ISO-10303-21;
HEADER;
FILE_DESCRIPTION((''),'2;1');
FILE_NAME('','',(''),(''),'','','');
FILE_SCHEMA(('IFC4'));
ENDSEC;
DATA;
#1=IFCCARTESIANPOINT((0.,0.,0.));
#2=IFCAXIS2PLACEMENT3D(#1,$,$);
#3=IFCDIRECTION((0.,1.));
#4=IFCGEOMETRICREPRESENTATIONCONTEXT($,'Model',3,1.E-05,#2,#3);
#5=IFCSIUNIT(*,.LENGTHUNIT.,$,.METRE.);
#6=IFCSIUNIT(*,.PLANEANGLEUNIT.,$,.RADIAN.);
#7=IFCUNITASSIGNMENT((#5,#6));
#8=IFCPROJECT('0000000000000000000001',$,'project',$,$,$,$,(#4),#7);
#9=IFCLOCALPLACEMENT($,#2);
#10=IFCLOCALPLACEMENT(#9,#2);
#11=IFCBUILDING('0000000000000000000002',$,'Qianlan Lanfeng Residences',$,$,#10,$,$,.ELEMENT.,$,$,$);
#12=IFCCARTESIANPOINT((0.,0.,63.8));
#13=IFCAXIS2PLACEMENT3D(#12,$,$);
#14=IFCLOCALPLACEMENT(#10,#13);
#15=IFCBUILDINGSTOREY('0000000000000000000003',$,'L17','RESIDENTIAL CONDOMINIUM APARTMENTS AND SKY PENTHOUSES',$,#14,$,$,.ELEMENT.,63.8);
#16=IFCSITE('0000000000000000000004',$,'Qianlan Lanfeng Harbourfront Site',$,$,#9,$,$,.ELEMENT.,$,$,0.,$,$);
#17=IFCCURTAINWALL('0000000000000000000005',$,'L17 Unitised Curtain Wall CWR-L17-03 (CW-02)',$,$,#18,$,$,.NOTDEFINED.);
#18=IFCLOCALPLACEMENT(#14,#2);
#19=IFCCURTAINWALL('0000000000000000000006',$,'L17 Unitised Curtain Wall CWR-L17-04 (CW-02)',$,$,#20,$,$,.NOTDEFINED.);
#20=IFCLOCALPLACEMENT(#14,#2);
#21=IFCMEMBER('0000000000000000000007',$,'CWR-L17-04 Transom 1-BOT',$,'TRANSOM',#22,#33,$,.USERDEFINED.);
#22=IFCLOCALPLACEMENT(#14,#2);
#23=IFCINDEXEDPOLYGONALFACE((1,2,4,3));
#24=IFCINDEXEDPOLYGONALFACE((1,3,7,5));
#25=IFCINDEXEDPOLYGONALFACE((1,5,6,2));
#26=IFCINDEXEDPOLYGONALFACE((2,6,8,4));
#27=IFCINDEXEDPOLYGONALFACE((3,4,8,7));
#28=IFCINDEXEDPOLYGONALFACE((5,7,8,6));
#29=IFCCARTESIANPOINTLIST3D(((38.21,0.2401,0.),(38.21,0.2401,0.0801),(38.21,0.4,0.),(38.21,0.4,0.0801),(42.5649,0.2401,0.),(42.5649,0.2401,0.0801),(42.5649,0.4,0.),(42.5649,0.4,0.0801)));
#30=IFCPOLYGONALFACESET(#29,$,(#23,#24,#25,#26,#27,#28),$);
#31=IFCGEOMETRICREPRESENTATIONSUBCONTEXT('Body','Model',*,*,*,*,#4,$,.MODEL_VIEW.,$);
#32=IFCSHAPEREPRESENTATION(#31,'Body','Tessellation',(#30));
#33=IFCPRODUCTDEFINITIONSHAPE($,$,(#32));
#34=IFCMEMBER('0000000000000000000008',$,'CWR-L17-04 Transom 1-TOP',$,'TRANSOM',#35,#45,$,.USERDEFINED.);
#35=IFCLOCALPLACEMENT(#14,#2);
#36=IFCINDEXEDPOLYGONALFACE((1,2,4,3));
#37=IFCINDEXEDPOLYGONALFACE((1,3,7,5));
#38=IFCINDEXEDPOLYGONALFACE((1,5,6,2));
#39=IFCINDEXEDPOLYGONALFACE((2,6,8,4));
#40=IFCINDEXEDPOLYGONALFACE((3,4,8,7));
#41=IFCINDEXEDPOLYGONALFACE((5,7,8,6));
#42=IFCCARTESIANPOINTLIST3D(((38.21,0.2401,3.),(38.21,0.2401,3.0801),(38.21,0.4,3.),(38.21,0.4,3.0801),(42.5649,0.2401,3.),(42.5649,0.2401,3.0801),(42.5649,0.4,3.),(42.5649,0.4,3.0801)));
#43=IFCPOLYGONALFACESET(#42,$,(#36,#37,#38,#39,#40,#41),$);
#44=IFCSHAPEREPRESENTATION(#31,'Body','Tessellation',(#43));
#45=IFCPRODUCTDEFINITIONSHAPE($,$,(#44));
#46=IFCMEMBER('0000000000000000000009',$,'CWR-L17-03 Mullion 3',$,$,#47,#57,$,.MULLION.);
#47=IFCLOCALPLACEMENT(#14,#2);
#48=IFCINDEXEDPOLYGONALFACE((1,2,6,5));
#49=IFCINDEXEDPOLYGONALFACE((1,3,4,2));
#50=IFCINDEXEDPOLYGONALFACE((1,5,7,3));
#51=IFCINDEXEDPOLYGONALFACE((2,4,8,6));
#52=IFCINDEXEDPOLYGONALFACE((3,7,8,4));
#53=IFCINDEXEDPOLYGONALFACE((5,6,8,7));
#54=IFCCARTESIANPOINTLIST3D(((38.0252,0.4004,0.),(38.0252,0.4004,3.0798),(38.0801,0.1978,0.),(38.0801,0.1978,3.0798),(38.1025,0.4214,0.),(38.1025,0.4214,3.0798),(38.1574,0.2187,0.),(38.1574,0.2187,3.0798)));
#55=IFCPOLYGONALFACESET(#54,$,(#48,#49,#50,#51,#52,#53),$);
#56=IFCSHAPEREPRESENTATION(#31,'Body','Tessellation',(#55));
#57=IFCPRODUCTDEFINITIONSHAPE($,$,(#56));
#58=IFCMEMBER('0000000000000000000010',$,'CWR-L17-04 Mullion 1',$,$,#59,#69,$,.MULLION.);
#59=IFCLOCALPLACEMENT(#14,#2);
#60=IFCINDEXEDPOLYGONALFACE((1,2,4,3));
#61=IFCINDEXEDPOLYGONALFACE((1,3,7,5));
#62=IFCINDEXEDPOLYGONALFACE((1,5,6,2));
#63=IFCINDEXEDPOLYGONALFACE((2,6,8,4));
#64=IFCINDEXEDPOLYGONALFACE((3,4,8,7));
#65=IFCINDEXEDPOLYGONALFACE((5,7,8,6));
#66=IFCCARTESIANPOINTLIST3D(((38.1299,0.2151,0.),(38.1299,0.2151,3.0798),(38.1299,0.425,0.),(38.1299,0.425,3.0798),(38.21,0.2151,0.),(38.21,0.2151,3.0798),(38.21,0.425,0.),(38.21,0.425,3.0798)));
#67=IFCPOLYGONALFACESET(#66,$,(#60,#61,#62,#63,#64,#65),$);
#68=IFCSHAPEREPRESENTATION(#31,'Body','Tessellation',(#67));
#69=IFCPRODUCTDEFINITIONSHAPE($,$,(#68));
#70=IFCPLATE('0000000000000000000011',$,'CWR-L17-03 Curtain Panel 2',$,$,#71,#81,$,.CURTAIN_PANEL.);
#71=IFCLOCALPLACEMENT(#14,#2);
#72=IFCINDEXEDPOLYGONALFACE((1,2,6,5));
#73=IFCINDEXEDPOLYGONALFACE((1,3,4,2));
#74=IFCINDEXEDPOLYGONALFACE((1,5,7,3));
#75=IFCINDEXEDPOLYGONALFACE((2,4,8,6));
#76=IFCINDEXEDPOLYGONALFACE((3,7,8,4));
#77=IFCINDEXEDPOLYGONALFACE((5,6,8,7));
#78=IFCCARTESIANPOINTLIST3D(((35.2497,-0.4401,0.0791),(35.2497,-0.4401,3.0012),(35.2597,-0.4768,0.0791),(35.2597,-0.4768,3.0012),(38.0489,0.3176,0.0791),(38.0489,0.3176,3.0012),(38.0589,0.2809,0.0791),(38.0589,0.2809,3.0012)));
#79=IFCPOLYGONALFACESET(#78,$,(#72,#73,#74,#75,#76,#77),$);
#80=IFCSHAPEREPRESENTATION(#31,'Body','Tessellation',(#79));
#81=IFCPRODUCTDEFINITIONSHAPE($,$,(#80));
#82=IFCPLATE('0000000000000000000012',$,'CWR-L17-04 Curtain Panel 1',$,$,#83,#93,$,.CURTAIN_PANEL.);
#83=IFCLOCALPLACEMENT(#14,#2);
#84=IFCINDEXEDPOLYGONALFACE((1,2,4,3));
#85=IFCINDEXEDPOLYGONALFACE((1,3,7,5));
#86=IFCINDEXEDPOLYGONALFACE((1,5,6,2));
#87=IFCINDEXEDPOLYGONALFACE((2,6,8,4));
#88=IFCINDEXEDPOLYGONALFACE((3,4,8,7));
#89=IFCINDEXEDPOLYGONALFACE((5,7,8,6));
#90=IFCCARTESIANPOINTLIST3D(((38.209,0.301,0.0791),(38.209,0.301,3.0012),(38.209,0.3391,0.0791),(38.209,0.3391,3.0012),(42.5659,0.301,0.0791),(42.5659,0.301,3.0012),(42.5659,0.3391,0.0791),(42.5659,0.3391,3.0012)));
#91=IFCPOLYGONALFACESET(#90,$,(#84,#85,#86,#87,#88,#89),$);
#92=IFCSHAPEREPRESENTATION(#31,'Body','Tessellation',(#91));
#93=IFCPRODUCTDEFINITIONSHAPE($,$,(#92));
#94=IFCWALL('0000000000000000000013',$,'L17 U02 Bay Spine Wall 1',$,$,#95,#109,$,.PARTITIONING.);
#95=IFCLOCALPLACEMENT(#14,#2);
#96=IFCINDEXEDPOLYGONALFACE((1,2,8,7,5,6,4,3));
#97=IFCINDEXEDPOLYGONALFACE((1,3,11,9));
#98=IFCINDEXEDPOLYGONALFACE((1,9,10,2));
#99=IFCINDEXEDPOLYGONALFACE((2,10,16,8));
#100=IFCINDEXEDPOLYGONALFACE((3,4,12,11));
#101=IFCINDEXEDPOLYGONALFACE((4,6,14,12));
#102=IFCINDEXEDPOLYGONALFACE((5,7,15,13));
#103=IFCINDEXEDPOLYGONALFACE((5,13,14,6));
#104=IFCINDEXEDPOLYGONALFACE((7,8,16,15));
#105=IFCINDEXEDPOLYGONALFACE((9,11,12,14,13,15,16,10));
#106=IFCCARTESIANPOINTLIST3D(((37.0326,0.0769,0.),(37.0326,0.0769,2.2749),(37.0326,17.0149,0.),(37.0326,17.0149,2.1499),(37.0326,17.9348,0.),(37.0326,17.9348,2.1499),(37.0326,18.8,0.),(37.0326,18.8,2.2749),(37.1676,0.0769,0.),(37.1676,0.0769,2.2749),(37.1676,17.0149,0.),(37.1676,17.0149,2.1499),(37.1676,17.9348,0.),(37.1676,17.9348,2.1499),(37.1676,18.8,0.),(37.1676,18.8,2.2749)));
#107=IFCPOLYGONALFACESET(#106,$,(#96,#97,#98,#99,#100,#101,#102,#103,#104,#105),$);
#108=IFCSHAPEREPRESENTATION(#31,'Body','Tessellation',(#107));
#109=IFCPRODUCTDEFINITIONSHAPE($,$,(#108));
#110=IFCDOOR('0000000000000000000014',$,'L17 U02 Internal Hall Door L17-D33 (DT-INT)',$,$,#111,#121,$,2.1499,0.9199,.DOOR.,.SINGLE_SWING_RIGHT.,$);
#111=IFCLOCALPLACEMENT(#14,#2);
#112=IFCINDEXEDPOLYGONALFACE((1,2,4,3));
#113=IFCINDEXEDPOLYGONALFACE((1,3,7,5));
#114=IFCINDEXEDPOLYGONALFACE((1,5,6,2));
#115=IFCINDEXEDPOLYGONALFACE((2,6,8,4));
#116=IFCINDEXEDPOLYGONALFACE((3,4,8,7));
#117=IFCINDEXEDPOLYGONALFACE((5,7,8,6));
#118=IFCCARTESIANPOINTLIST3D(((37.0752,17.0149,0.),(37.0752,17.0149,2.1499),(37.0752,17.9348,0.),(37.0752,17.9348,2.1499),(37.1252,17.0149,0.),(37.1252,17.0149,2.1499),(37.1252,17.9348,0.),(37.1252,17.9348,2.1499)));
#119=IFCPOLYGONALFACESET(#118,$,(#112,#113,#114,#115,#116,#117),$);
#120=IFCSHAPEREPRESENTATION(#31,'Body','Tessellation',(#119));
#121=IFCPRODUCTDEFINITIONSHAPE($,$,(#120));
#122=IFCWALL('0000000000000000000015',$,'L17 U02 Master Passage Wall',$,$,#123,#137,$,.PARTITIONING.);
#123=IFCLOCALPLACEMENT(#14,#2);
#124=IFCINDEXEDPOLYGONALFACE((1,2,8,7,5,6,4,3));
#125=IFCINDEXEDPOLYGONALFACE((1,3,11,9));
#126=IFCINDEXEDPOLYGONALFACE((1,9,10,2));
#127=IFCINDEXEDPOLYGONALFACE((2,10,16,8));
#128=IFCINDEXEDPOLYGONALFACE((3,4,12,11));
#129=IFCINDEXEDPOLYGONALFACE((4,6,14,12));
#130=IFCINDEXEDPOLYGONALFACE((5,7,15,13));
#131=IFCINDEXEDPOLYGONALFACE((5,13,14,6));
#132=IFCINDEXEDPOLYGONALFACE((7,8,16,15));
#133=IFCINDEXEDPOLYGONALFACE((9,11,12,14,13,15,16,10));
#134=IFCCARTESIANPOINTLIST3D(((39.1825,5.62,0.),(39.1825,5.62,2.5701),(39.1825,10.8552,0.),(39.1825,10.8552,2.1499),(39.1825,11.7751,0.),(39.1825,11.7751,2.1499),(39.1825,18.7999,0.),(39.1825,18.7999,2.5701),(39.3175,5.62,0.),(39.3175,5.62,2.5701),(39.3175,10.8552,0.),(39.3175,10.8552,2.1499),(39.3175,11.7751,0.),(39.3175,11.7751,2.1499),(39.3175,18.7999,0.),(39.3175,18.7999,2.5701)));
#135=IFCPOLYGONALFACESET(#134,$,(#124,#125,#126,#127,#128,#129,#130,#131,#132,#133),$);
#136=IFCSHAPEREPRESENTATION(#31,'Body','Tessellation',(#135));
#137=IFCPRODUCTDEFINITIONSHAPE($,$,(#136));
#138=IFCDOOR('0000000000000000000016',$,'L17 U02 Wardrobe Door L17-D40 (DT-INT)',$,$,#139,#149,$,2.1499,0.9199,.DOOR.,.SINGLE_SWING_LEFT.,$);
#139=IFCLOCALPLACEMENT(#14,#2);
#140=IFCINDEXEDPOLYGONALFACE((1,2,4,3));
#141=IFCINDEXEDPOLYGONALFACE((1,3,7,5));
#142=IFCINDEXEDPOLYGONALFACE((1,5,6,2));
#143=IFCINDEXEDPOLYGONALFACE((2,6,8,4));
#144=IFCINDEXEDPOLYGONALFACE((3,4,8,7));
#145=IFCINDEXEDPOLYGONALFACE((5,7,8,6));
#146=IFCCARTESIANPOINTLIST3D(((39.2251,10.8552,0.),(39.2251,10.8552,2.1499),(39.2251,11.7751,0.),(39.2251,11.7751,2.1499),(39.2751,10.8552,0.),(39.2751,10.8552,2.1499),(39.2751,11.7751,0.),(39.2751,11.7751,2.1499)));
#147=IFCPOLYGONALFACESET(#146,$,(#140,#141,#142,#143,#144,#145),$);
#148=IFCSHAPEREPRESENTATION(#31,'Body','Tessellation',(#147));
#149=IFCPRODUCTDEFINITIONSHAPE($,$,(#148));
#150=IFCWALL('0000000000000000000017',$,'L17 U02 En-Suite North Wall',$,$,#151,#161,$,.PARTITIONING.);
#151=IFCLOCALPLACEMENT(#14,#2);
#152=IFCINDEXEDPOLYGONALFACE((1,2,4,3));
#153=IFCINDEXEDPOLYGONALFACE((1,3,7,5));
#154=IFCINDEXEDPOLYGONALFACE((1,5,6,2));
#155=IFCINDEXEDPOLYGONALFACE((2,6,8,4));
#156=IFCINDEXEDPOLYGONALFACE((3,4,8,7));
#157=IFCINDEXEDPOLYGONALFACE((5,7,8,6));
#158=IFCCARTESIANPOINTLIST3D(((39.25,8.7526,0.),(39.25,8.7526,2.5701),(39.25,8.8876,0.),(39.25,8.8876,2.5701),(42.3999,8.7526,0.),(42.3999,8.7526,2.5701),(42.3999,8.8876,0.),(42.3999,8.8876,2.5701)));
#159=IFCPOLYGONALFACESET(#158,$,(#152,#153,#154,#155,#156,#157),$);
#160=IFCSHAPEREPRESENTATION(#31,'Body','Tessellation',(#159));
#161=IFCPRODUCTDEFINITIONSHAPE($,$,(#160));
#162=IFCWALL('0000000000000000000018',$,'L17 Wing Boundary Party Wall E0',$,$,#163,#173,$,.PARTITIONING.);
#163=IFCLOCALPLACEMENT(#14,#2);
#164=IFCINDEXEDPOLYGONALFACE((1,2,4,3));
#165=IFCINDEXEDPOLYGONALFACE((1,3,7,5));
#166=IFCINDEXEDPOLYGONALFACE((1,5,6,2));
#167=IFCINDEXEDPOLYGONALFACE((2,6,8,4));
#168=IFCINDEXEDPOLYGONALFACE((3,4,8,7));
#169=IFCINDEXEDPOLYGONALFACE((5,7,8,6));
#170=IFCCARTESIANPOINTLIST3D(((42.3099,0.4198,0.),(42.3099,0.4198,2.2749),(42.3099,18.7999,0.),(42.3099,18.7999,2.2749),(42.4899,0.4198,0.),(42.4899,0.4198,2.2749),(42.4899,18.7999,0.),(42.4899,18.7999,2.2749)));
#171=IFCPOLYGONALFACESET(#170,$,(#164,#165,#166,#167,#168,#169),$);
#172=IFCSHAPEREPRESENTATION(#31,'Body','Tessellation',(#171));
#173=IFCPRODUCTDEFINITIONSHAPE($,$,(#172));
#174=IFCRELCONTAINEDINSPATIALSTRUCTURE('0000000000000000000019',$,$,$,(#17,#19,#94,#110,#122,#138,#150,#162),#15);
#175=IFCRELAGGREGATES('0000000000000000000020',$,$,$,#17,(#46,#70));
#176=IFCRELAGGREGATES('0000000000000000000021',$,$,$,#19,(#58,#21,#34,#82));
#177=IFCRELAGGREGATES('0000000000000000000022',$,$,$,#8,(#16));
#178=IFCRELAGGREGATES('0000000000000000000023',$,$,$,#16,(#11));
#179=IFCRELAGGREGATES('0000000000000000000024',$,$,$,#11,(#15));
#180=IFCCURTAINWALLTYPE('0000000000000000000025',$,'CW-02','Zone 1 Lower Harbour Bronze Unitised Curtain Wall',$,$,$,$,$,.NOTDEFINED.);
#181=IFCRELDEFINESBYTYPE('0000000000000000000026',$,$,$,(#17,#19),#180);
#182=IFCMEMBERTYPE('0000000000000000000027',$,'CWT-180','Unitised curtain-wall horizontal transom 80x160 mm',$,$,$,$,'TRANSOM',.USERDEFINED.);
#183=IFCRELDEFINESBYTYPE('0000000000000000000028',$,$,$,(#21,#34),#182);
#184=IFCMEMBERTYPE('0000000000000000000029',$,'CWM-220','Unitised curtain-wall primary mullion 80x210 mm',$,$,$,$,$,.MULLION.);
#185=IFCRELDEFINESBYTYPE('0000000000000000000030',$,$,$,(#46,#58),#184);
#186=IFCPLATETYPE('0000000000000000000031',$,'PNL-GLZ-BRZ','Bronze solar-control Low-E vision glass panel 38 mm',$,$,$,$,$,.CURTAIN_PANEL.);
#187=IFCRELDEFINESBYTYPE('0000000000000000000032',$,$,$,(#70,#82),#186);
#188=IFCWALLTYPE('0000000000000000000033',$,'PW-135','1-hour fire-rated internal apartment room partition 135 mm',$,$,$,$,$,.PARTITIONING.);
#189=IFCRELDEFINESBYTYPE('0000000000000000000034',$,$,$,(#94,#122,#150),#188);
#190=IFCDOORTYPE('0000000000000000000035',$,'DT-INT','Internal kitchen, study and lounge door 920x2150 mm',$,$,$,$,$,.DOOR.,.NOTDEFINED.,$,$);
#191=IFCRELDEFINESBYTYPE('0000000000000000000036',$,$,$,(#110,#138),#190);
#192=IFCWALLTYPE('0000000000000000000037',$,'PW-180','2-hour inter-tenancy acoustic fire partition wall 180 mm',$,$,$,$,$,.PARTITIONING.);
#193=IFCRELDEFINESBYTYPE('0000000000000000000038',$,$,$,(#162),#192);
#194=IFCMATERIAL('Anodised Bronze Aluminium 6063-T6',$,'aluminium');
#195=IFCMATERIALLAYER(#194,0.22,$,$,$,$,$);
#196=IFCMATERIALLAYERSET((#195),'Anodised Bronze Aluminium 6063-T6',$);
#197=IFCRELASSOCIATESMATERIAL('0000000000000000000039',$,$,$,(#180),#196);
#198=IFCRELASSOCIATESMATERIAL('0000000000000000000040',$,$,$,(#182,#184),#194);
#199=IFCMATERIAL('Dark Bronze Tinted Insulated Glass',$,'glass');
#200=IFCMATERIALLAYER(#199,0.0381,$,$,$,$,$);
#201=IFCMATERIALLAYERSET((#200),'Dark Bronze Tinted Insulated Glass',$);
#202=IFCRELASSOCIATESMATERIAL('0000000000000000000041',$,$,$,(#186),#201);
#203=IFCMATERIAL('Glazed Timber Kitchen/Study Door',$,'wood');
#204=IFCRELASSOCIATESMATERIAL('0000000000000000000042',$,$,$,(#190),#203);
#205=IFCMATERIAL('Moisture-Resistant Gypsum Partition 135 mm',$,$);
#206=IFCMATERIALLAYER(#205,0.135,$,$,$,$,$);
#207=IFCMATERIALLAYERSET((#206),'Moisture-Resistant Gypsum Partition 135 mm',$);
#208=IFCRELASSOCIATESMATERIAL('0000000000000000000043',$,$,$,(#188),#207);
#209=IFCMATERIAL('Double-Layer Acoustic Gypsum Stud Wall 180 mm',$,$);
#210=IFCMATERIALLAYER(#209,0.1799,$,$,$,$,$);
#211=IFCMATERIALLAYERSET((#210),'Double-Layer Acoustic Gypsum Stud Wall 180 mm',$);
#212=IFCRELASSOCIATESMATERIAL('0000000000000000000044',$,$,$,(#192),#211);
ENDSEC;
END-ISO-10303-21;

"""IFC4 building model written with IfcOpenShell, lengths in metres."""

from ifc_helpers import new_model, si_unit, direction, frame, frame_2d, origin, origin_2d, place, context, subcontext, project, spatial, rectangle, extrude, source, transform, mapped, material, layer, layer_set, material_profile, profile_set, type_object, element, fill, aggregate, save


model = new_model("IFC4")

# Units and contexts
model_context = context("Model", 3, precision=1e-05, world=origin(), true_north=direction((0.0, 1.0)))
body_context = subcontext(model_context, "Body", "Model", "MODEL_VIEW")
ifc_project = project(units=[si_unit("LENGTHUNIT", "METRE"), si_unit("PLANEANGLEUNIT", "RADIAN")], contexts=[model_context])

# Site, building, storey
site_placement = place(None, origin())
site = spatial("IfcSite", under=ifc_project, at=site_placement, Name="Qianlan Lanfeng Harbourfront Site", CompositionType="ELEMENT", RefElevation=0.0)
building_placement = place(site_placement, origin())
building = spatial("IfcBuilding", under=site, at=building_placement, Name="Qianlan Lanfeng Residences", CompositionType="ELEMENT")
storey_placement = place(building_placement, frame((0.0, 0.0, 63.8)))
storey = spatial("IfcBuildingStorey", under=building, at=storey_placement, Name="L17", Description="RESIDENTIAL CONDOMINIUM APARTMENTS AND SKY PENTHOUSES", CompositionType="ELEMENT", Elevation=63.8)

# Curtain walls, members
ifc_material_1 = material(Name="Anodised Bronze Aluminium 6063-T6", Category="aluminium")
ifc_layer_1 = layer(ifc_material_1, 0.22)
ifc_layer_set_1 = layer_set([ifc_layer_1], Name="Anodised Bronze Aluminium 6063-T6")
curtain_wall_type = type_object("IfcCurtainWallType", Name="CW-02", Description="Zone 1 Lower Harbour Bronze Unitised Curtain Wall", PredefinedType="NOTDEFINED", material=ifc_layer_set_1)
curtain_wall_1_placement = place(storey_placement, origin())
curtain_wall_1 = element("IfcCurtainWall", 1, at=curtain_wall_1_placement, inside=storey, type_object=curtain_wall_type, Name="L17 Unitised Curtain Wall CWR-L17-03 (CW-02)", PredefinedType="NOTDEFINED")
ifc_material_profile_1 = material_profile(ifc_material_1, rectangle(XDim=0.0801, YDim=0.1599, at=origin_2d()), Name="ALU TRANSOM 80x160")
ifc_profile_set_1 = profile_set([ifc_material_profile_1], Name="Anodised Bronze Aluminium 6063-T6")
member_type_1 = type_object("IfcMemberType", Name="CWT-180", Description="Unitised curtain-wall horizontal transom 80x160 mm", ElementType="TRANSOM", PredefinedType="USERDEFINED", material=ifc_profile_set_1)
curtain_wall_2_placement = place(storey_placement, origin())
curtain_wall_2 = element("IfcCurtainWall", 2, at=curtain_wall_2_placement, inside=storey, type_object=curtain_wall_type, Name="L17 Unitised Curtain Wall CWR-L17-04 (CW-02)", PredefinedType="NOTDEFINED")
shared_shape_1 = source(origin(), body_context, "Body", "SweptSolid", [
    extrude(rectangle(XDim=0.0801, YDim=0.1599, at=origin_2d()), origin(), (0.0, 0.0, 1.0), 4.355),
])
member_1_placement = place(storey_placement, frame((38.21, 0.3201, 0.04), z_axis=(1.0, 0.0, 0.0), x_axis=(0.0, 0.0, 1.0)))
member_1 = element("IfcMember", 3, at=member_1_placement, type_object=member_type_1, Name="CWR-L17-04 Transom 1-BOT", ObjectType="TRANSOM", PredefinedType="USERDEFINED", context=body_context, shape_type="MappedRepresentation", body=[
    mapped(shared_shape_1, transform((0.0, 0.0, 0.0), scale=1.0)),
])
member_2_placement = place(storey_placement, frame((38.21, 0.3201, 3.04), z_axis=(1.0, 0.0, 0.0), x_axis=(0.0, 0.0, 1.0)))
member_2 = element("IfcMember", 4, at=member_2_placement, type_object=member_type_1, Name="CWR-L17-04 Transom 1-TOP", ObjectType="TRANSOM", PredefinedType="USERDEFINED", context=body_context, shape_type="MappedRepresentation", body=[
    mapped(shared_shape_1, transform((0.0, 0.0, 0.0), scale=1.0)),
])

# Members
ifc_material_profile_2 = material_profile(ifc_material_1, rectangle(XDim=0.0801, YDim=0.21, at=origin_2d()), Name="ALU MULLION 80x210")
ifc_profile_set_2 = profile_set([ifc_material_profile_2], Name="Anodised Bronze Aluminium 6063-T6")
member_type_2 = type_object("IfcMemberType", Name="CWM-220", Description="Unitised curtain-wall primary mullion 80x210 mm", PredefinedType="MULLION", material=ifc_profile_set_2)
shared_shape_2 = source(origin(), body_context, "Body", "SweptSolid", [
    extrude(rectangle(XDim=0.0801, YDim=0.21, at=origin_2d()), origin(), (0.0, 0.0, 1.0), 3.0798),
])
member_3_placement = place(storey_placement, frame((38.0913, 0.3096, 0.0), z_axis=(0.0, 0.0, 1.0), x_axis=(0.965263, 0.261281, 0.0)))
member_3 = element("IfcMember", 5, at=member_3_placement, type_object=member_type_2, Name="CWR-L17-03 Mullion 3", PredefinedType="MULLION", context=body_context, shape_type="MappedRepresentation", body=[
    mapped(shared_shape_2, transform((0.0, 0.0, 0.0), scale=1.0)),
])
member_4_placement = place(storey_placement, frame((38.1699, 0.3201, 0.0), z_axis=(0.0, 0.0, 1.0), x_axis=(1.0, 0.0, 0.0)))
member_4 = element("IfcMember", 6, at=member_4_placement, type_object=member_type_2, Name="CWR-L17-04 Mullion 1", PredefinedType="MULLION", context=body_context, shape_type="MappedRepresentation", body=[
    mapped(shared_shape_2, transform((0.0, 0.0, 0.0), scale=1.0)),
])

# Plates
ifc_material_2 = material(Name="Dark Bronze Tinted Insulated Glass", Category="glass")
ifc_layer_2 = layer(ifc_material_2, 0.0381)
ifc_layer_set_2 = layer_set([ifc_layer_2], Name="Dark Bronze Tinted Insulated Glass")
plate_type = type_object("IfcPlateType", Name="PNL-GLZ-BRZ", Description="Bronze solar-control Low-E vision glass panel 38 mm", PredefinedType="CURTAIN_PANEL", material=ifc_layer_set_2)
shared_shape_3 = source(origin(), body_context, "Body", "SweptSolid", [
    extrude(rectangle(XDim=2.8999, YDim=0.0381, at=origin_2d()), origin(), (0.0, 0.0, 1.0), 2.9221),
])
plate_1_placement = place(storey_placement, frame((36.6543, -0.0796, 0.0791), z_axis=(0.0, 0.0, 1.0), x_axis=(0.965263, 0.261281, 0.0)))
plate_1 = element("IfcPlate", 7, at=plate_1_placement, type_object=plate_type, Name="CWR-L17-03 Curtain Panel 2", PredefinedType="CURTAIN_PANEL", context=body_context, shape_type="MappedRepresentation", body=[
    mapped(shared_shape_3, transform((0.0, 0.0, 0.0), scale=1.0)),
])
aggregate(curtain_wall_1, [member_3, plate_1])
shared_shape_4 = source(origin(), body_context, "Body", "SweptSolid", [
    extrude(rectangle(XDim=4.3569, YDim=0.0381, at=origin_2d()), origin(), (0.0, 0.0, 1.0), 2.9221),
])
plate_2_placement = place(storey_placement, frame((40.3875, 0.3201, 0.0791), z_axis=(0.0, 0.0, 1.0), x_axis=(1.0, 0.0, 0.0)))
plate_2 = element("IfcPlate", 8, at=plate_2_placement, type_object=plate_type, Name="CWR-L17-04 Curtain Panel 1", PredefinedType="CURTAIN_PANEL", context=body_context, shape_type="MappedRepresentation", body=[
    mapped(shared_shape_4, transform((0.0, 0.0, 0.0), scale=1.0)),
])
aggregate(curtain_wall_2, [member_4, member_1, member_2, plate_2])

# Wall, opening, door
ifc_material_3 = material(Name="Glazed Timber Kitchen/Study Door", Category="wood")
door_type_1 = type_object("IfcDoorType", Name="DT-INT", Description="Internal kitchen, study and lounge door 920x2150 mm", OperationType="NOTDEFINED", PredefinedType="DOOR", material=ifc_material_3)
ifc_material_4 = material(Name="Moisture-Resistant Gypsum Partition 135 mm")
ifc_layer_3 = layer(ifc_material_4, 0.135)
ifc_layer_set_3 = layer_set([ifc_layer_3], Name="Moisture-Resistant Gypsum Partition 135 mm")
wall_type_1 = type_object("IfcWallType", Name="PW-135", Description="1-hour fire-rated internal apartment room partition 135 mm", PredefinedType="PARTITIONING", material=ifc_layer_set_3)
wall_1_placement = place(storey_placement, frame((37.1001, 0.0769, 0.0), z_axis=(0.0, 0.0, 1.0), x_axis=(0.0, 1.0, 0.0)))
wall_1 = element("IfcWall", 9, at=wall_1_placement, inside=storey, type_object=wall_type_1, Name="L17 U02 Bay Spine Wall 1", PredefinedType="PARTITIONING", context=body_context, shape_type="SweptSolid", body=[
    extrude(rectangle(XDim=18.7231, YDim=0.135, at=frame_2d((9.3616, 0.0))), origin(), (0.0, 0.0, 1.0), 2.2749),
])
opening_1_placement = place(wall_1_placement, frame((16.938, 0.0, 0.0)))
opening_1 = element("IfcOpeningElement", 10, at=opening_1_placement, cuts=wall_1, PredefinedType="OPENING", context=body_context, shape_type="SweptSolid", body=[
    extrude(rectangle(XDim=0.9199, YDim=2.1499, at=frame_2d((0.46, 1.075))), frame((0.0, 0.0776, 0.0), z_axis=(0.0, -1.0, 0.0), x_axis=(1.0, 0.0, 0.0)), (0.0, 0.0, 1.0), 0.155),
])
door_1_placement = place(opening_1_placement, origin())
door_1 = element("IfcDoor", 11, at=door_1_placement, inside=storey, type_object=door_type_1, Name="L17 U02 Internal Hall Door L17-D33 (DT-INT)", OperationType="SINGLE_SWING_RIGHT", OverallHeight=2.1499, OverallWidth=0.9199, PredefinedType="DOOR", context=body_context, shape_type="SweptSolid", body=[
    extrude(rectangle(XDim=0.9199, YDim=2.1499, at=frame_2d((0.46, 1.075))), frame((0.0, 0.0249, 0.0), z_axis=(0.0, -1.0, 0.0), x_axis=(1.0, 0.0, 0.0)), (0.0, 0.0, 1.0), 0.05),
])
fill(opening_1, door_1)

# Wall, opening, door
wall_2_placement = place(storey_placement, frame((39.25, 5.6201, 0.0), z_axis=(0.0, 0.0, 1.0), x_axis=(0.0, 1.0, 0.0)))
wall_2 = element("IfcWall", 12, at=wall_2_placement, inside=storey, type_object=wall_type_1, Name="L17 U02 Master Passage Wall", PredefinedType="PARTITIONING", context=body_context, shape_type="SweptSolid", body=[
    extrude(rectangle(XDim=13.1799, YDim=0.135, at=frame_2d((6.5898, 0.0))), origin(), (0.0, 0.0, 1.0), 2.5701),
])
opening_2_placement = place(wall_2_placement, frame((5.2351, 0.0, 0.0)))
opening_2 = element("IfcOpeningElement", 13, at=opening_2_placement, cuts=wall_2, PredefinedType="OPENING", context=body_context, shape_type="SweptSolid", body=[
    extrude(rectangle(XDim=0.9199, YDim=2.1499, at=frame_2d((0.46, 1.075))), frame((0.0, 0.0776, 0.0), z_axis=(0.0, -1.0, 0.0), x_axis=(1.0, 0.0, 0.0)), (0.0, 0.0, 1.0), 0.155),
])
door_2_placement = place(opening_2_placement, origin())
door_2 = element("IfcDoor", 14, at=door_2_placement, inside=storey, type_object=door_type_1, Name="L17 U02 Wardrobe Door L17-D40 (DT-INT)", OperationType="SINGLE_SWING_LEFT", OverallHeight=2.1499, OverallWidth=0.9199, PredefinedType="DOOR", context=body_context, shape_type="SweptSolid", body=[
    extrude(rectangle(XDim=0.9199, YDim=2.1499, at=frame_2d((0.46, 1.075))), frame((0.0, 0.0249, 0.0), z_axis=(0.0, -1.0, 0.0), x_axis=(1.0, 0.0, 0.0)), (0.0, 0.0, 1.0), 0.05),
])
fill(opening_2, door_2)

# Walls
wall_3_placement = place(storey_placement, frame((39.25, 8.8201, 0.0), z_axis=(0.0, 0.0, 1.0), x_axis=(1.0, 0.0, 0.0)))
element("IfcWall", 15, at=wall_3_placement, inside=storey, type_object=wall_type_1, Name="L17 U02 En-Suite North Wall", PredefinedType="PARTITIONING", context=body_context, shape_type="SweptSolid", body=[
    extrude(rectangle(XDim=3.1499, YDim=0.135, at=frame_2d((1.575, 0.0))), origin(), (0.0, 0.0, 1.0), 2.5701),
])
ifc_material_5 = material(Name="Double-Layer Acoustic Gypsum Stud Wall 180 mm")
ifc_layer_4 = layer(ifc_material_5, 0.1799)
ifc_layer_set_4 = layer_set([ifc_layer_4], Name="Double-Layer Acoustic Gypsum Stud Wall 180 mm")
wall_type_2 = type_object("IfcWallType", Name="PW-180", Description="2-hour inter-tenancy acoustic fire partition wall 180 mm", PredefinedType="PARTITIONING", material=ifc_layer_set_4)
wall_4_placement = place(storey_placement, frame((42.3999, 0.4199, 0.0), z_axis=(0.0, 0.0, 1.0), x_axis=(0.0, 1.0, 0.0)))
element("IfcWall", 16, at=wall_4_placement, inside=storey, type_object=wall_type_2, Name="L17 Wing Boundary Party Wall E0", PredefinedType="PARTITIONING", context=body_context, shape_type="SweptSolid", body=[
    extrude(rectangle(XDim=18.3801, YDim=0.1799, at=frame_2d((9.1899, 0.0))), origin(), (0.0, 0.0, 1.0), 2.2749),
])

save(model, "model.ifc")
